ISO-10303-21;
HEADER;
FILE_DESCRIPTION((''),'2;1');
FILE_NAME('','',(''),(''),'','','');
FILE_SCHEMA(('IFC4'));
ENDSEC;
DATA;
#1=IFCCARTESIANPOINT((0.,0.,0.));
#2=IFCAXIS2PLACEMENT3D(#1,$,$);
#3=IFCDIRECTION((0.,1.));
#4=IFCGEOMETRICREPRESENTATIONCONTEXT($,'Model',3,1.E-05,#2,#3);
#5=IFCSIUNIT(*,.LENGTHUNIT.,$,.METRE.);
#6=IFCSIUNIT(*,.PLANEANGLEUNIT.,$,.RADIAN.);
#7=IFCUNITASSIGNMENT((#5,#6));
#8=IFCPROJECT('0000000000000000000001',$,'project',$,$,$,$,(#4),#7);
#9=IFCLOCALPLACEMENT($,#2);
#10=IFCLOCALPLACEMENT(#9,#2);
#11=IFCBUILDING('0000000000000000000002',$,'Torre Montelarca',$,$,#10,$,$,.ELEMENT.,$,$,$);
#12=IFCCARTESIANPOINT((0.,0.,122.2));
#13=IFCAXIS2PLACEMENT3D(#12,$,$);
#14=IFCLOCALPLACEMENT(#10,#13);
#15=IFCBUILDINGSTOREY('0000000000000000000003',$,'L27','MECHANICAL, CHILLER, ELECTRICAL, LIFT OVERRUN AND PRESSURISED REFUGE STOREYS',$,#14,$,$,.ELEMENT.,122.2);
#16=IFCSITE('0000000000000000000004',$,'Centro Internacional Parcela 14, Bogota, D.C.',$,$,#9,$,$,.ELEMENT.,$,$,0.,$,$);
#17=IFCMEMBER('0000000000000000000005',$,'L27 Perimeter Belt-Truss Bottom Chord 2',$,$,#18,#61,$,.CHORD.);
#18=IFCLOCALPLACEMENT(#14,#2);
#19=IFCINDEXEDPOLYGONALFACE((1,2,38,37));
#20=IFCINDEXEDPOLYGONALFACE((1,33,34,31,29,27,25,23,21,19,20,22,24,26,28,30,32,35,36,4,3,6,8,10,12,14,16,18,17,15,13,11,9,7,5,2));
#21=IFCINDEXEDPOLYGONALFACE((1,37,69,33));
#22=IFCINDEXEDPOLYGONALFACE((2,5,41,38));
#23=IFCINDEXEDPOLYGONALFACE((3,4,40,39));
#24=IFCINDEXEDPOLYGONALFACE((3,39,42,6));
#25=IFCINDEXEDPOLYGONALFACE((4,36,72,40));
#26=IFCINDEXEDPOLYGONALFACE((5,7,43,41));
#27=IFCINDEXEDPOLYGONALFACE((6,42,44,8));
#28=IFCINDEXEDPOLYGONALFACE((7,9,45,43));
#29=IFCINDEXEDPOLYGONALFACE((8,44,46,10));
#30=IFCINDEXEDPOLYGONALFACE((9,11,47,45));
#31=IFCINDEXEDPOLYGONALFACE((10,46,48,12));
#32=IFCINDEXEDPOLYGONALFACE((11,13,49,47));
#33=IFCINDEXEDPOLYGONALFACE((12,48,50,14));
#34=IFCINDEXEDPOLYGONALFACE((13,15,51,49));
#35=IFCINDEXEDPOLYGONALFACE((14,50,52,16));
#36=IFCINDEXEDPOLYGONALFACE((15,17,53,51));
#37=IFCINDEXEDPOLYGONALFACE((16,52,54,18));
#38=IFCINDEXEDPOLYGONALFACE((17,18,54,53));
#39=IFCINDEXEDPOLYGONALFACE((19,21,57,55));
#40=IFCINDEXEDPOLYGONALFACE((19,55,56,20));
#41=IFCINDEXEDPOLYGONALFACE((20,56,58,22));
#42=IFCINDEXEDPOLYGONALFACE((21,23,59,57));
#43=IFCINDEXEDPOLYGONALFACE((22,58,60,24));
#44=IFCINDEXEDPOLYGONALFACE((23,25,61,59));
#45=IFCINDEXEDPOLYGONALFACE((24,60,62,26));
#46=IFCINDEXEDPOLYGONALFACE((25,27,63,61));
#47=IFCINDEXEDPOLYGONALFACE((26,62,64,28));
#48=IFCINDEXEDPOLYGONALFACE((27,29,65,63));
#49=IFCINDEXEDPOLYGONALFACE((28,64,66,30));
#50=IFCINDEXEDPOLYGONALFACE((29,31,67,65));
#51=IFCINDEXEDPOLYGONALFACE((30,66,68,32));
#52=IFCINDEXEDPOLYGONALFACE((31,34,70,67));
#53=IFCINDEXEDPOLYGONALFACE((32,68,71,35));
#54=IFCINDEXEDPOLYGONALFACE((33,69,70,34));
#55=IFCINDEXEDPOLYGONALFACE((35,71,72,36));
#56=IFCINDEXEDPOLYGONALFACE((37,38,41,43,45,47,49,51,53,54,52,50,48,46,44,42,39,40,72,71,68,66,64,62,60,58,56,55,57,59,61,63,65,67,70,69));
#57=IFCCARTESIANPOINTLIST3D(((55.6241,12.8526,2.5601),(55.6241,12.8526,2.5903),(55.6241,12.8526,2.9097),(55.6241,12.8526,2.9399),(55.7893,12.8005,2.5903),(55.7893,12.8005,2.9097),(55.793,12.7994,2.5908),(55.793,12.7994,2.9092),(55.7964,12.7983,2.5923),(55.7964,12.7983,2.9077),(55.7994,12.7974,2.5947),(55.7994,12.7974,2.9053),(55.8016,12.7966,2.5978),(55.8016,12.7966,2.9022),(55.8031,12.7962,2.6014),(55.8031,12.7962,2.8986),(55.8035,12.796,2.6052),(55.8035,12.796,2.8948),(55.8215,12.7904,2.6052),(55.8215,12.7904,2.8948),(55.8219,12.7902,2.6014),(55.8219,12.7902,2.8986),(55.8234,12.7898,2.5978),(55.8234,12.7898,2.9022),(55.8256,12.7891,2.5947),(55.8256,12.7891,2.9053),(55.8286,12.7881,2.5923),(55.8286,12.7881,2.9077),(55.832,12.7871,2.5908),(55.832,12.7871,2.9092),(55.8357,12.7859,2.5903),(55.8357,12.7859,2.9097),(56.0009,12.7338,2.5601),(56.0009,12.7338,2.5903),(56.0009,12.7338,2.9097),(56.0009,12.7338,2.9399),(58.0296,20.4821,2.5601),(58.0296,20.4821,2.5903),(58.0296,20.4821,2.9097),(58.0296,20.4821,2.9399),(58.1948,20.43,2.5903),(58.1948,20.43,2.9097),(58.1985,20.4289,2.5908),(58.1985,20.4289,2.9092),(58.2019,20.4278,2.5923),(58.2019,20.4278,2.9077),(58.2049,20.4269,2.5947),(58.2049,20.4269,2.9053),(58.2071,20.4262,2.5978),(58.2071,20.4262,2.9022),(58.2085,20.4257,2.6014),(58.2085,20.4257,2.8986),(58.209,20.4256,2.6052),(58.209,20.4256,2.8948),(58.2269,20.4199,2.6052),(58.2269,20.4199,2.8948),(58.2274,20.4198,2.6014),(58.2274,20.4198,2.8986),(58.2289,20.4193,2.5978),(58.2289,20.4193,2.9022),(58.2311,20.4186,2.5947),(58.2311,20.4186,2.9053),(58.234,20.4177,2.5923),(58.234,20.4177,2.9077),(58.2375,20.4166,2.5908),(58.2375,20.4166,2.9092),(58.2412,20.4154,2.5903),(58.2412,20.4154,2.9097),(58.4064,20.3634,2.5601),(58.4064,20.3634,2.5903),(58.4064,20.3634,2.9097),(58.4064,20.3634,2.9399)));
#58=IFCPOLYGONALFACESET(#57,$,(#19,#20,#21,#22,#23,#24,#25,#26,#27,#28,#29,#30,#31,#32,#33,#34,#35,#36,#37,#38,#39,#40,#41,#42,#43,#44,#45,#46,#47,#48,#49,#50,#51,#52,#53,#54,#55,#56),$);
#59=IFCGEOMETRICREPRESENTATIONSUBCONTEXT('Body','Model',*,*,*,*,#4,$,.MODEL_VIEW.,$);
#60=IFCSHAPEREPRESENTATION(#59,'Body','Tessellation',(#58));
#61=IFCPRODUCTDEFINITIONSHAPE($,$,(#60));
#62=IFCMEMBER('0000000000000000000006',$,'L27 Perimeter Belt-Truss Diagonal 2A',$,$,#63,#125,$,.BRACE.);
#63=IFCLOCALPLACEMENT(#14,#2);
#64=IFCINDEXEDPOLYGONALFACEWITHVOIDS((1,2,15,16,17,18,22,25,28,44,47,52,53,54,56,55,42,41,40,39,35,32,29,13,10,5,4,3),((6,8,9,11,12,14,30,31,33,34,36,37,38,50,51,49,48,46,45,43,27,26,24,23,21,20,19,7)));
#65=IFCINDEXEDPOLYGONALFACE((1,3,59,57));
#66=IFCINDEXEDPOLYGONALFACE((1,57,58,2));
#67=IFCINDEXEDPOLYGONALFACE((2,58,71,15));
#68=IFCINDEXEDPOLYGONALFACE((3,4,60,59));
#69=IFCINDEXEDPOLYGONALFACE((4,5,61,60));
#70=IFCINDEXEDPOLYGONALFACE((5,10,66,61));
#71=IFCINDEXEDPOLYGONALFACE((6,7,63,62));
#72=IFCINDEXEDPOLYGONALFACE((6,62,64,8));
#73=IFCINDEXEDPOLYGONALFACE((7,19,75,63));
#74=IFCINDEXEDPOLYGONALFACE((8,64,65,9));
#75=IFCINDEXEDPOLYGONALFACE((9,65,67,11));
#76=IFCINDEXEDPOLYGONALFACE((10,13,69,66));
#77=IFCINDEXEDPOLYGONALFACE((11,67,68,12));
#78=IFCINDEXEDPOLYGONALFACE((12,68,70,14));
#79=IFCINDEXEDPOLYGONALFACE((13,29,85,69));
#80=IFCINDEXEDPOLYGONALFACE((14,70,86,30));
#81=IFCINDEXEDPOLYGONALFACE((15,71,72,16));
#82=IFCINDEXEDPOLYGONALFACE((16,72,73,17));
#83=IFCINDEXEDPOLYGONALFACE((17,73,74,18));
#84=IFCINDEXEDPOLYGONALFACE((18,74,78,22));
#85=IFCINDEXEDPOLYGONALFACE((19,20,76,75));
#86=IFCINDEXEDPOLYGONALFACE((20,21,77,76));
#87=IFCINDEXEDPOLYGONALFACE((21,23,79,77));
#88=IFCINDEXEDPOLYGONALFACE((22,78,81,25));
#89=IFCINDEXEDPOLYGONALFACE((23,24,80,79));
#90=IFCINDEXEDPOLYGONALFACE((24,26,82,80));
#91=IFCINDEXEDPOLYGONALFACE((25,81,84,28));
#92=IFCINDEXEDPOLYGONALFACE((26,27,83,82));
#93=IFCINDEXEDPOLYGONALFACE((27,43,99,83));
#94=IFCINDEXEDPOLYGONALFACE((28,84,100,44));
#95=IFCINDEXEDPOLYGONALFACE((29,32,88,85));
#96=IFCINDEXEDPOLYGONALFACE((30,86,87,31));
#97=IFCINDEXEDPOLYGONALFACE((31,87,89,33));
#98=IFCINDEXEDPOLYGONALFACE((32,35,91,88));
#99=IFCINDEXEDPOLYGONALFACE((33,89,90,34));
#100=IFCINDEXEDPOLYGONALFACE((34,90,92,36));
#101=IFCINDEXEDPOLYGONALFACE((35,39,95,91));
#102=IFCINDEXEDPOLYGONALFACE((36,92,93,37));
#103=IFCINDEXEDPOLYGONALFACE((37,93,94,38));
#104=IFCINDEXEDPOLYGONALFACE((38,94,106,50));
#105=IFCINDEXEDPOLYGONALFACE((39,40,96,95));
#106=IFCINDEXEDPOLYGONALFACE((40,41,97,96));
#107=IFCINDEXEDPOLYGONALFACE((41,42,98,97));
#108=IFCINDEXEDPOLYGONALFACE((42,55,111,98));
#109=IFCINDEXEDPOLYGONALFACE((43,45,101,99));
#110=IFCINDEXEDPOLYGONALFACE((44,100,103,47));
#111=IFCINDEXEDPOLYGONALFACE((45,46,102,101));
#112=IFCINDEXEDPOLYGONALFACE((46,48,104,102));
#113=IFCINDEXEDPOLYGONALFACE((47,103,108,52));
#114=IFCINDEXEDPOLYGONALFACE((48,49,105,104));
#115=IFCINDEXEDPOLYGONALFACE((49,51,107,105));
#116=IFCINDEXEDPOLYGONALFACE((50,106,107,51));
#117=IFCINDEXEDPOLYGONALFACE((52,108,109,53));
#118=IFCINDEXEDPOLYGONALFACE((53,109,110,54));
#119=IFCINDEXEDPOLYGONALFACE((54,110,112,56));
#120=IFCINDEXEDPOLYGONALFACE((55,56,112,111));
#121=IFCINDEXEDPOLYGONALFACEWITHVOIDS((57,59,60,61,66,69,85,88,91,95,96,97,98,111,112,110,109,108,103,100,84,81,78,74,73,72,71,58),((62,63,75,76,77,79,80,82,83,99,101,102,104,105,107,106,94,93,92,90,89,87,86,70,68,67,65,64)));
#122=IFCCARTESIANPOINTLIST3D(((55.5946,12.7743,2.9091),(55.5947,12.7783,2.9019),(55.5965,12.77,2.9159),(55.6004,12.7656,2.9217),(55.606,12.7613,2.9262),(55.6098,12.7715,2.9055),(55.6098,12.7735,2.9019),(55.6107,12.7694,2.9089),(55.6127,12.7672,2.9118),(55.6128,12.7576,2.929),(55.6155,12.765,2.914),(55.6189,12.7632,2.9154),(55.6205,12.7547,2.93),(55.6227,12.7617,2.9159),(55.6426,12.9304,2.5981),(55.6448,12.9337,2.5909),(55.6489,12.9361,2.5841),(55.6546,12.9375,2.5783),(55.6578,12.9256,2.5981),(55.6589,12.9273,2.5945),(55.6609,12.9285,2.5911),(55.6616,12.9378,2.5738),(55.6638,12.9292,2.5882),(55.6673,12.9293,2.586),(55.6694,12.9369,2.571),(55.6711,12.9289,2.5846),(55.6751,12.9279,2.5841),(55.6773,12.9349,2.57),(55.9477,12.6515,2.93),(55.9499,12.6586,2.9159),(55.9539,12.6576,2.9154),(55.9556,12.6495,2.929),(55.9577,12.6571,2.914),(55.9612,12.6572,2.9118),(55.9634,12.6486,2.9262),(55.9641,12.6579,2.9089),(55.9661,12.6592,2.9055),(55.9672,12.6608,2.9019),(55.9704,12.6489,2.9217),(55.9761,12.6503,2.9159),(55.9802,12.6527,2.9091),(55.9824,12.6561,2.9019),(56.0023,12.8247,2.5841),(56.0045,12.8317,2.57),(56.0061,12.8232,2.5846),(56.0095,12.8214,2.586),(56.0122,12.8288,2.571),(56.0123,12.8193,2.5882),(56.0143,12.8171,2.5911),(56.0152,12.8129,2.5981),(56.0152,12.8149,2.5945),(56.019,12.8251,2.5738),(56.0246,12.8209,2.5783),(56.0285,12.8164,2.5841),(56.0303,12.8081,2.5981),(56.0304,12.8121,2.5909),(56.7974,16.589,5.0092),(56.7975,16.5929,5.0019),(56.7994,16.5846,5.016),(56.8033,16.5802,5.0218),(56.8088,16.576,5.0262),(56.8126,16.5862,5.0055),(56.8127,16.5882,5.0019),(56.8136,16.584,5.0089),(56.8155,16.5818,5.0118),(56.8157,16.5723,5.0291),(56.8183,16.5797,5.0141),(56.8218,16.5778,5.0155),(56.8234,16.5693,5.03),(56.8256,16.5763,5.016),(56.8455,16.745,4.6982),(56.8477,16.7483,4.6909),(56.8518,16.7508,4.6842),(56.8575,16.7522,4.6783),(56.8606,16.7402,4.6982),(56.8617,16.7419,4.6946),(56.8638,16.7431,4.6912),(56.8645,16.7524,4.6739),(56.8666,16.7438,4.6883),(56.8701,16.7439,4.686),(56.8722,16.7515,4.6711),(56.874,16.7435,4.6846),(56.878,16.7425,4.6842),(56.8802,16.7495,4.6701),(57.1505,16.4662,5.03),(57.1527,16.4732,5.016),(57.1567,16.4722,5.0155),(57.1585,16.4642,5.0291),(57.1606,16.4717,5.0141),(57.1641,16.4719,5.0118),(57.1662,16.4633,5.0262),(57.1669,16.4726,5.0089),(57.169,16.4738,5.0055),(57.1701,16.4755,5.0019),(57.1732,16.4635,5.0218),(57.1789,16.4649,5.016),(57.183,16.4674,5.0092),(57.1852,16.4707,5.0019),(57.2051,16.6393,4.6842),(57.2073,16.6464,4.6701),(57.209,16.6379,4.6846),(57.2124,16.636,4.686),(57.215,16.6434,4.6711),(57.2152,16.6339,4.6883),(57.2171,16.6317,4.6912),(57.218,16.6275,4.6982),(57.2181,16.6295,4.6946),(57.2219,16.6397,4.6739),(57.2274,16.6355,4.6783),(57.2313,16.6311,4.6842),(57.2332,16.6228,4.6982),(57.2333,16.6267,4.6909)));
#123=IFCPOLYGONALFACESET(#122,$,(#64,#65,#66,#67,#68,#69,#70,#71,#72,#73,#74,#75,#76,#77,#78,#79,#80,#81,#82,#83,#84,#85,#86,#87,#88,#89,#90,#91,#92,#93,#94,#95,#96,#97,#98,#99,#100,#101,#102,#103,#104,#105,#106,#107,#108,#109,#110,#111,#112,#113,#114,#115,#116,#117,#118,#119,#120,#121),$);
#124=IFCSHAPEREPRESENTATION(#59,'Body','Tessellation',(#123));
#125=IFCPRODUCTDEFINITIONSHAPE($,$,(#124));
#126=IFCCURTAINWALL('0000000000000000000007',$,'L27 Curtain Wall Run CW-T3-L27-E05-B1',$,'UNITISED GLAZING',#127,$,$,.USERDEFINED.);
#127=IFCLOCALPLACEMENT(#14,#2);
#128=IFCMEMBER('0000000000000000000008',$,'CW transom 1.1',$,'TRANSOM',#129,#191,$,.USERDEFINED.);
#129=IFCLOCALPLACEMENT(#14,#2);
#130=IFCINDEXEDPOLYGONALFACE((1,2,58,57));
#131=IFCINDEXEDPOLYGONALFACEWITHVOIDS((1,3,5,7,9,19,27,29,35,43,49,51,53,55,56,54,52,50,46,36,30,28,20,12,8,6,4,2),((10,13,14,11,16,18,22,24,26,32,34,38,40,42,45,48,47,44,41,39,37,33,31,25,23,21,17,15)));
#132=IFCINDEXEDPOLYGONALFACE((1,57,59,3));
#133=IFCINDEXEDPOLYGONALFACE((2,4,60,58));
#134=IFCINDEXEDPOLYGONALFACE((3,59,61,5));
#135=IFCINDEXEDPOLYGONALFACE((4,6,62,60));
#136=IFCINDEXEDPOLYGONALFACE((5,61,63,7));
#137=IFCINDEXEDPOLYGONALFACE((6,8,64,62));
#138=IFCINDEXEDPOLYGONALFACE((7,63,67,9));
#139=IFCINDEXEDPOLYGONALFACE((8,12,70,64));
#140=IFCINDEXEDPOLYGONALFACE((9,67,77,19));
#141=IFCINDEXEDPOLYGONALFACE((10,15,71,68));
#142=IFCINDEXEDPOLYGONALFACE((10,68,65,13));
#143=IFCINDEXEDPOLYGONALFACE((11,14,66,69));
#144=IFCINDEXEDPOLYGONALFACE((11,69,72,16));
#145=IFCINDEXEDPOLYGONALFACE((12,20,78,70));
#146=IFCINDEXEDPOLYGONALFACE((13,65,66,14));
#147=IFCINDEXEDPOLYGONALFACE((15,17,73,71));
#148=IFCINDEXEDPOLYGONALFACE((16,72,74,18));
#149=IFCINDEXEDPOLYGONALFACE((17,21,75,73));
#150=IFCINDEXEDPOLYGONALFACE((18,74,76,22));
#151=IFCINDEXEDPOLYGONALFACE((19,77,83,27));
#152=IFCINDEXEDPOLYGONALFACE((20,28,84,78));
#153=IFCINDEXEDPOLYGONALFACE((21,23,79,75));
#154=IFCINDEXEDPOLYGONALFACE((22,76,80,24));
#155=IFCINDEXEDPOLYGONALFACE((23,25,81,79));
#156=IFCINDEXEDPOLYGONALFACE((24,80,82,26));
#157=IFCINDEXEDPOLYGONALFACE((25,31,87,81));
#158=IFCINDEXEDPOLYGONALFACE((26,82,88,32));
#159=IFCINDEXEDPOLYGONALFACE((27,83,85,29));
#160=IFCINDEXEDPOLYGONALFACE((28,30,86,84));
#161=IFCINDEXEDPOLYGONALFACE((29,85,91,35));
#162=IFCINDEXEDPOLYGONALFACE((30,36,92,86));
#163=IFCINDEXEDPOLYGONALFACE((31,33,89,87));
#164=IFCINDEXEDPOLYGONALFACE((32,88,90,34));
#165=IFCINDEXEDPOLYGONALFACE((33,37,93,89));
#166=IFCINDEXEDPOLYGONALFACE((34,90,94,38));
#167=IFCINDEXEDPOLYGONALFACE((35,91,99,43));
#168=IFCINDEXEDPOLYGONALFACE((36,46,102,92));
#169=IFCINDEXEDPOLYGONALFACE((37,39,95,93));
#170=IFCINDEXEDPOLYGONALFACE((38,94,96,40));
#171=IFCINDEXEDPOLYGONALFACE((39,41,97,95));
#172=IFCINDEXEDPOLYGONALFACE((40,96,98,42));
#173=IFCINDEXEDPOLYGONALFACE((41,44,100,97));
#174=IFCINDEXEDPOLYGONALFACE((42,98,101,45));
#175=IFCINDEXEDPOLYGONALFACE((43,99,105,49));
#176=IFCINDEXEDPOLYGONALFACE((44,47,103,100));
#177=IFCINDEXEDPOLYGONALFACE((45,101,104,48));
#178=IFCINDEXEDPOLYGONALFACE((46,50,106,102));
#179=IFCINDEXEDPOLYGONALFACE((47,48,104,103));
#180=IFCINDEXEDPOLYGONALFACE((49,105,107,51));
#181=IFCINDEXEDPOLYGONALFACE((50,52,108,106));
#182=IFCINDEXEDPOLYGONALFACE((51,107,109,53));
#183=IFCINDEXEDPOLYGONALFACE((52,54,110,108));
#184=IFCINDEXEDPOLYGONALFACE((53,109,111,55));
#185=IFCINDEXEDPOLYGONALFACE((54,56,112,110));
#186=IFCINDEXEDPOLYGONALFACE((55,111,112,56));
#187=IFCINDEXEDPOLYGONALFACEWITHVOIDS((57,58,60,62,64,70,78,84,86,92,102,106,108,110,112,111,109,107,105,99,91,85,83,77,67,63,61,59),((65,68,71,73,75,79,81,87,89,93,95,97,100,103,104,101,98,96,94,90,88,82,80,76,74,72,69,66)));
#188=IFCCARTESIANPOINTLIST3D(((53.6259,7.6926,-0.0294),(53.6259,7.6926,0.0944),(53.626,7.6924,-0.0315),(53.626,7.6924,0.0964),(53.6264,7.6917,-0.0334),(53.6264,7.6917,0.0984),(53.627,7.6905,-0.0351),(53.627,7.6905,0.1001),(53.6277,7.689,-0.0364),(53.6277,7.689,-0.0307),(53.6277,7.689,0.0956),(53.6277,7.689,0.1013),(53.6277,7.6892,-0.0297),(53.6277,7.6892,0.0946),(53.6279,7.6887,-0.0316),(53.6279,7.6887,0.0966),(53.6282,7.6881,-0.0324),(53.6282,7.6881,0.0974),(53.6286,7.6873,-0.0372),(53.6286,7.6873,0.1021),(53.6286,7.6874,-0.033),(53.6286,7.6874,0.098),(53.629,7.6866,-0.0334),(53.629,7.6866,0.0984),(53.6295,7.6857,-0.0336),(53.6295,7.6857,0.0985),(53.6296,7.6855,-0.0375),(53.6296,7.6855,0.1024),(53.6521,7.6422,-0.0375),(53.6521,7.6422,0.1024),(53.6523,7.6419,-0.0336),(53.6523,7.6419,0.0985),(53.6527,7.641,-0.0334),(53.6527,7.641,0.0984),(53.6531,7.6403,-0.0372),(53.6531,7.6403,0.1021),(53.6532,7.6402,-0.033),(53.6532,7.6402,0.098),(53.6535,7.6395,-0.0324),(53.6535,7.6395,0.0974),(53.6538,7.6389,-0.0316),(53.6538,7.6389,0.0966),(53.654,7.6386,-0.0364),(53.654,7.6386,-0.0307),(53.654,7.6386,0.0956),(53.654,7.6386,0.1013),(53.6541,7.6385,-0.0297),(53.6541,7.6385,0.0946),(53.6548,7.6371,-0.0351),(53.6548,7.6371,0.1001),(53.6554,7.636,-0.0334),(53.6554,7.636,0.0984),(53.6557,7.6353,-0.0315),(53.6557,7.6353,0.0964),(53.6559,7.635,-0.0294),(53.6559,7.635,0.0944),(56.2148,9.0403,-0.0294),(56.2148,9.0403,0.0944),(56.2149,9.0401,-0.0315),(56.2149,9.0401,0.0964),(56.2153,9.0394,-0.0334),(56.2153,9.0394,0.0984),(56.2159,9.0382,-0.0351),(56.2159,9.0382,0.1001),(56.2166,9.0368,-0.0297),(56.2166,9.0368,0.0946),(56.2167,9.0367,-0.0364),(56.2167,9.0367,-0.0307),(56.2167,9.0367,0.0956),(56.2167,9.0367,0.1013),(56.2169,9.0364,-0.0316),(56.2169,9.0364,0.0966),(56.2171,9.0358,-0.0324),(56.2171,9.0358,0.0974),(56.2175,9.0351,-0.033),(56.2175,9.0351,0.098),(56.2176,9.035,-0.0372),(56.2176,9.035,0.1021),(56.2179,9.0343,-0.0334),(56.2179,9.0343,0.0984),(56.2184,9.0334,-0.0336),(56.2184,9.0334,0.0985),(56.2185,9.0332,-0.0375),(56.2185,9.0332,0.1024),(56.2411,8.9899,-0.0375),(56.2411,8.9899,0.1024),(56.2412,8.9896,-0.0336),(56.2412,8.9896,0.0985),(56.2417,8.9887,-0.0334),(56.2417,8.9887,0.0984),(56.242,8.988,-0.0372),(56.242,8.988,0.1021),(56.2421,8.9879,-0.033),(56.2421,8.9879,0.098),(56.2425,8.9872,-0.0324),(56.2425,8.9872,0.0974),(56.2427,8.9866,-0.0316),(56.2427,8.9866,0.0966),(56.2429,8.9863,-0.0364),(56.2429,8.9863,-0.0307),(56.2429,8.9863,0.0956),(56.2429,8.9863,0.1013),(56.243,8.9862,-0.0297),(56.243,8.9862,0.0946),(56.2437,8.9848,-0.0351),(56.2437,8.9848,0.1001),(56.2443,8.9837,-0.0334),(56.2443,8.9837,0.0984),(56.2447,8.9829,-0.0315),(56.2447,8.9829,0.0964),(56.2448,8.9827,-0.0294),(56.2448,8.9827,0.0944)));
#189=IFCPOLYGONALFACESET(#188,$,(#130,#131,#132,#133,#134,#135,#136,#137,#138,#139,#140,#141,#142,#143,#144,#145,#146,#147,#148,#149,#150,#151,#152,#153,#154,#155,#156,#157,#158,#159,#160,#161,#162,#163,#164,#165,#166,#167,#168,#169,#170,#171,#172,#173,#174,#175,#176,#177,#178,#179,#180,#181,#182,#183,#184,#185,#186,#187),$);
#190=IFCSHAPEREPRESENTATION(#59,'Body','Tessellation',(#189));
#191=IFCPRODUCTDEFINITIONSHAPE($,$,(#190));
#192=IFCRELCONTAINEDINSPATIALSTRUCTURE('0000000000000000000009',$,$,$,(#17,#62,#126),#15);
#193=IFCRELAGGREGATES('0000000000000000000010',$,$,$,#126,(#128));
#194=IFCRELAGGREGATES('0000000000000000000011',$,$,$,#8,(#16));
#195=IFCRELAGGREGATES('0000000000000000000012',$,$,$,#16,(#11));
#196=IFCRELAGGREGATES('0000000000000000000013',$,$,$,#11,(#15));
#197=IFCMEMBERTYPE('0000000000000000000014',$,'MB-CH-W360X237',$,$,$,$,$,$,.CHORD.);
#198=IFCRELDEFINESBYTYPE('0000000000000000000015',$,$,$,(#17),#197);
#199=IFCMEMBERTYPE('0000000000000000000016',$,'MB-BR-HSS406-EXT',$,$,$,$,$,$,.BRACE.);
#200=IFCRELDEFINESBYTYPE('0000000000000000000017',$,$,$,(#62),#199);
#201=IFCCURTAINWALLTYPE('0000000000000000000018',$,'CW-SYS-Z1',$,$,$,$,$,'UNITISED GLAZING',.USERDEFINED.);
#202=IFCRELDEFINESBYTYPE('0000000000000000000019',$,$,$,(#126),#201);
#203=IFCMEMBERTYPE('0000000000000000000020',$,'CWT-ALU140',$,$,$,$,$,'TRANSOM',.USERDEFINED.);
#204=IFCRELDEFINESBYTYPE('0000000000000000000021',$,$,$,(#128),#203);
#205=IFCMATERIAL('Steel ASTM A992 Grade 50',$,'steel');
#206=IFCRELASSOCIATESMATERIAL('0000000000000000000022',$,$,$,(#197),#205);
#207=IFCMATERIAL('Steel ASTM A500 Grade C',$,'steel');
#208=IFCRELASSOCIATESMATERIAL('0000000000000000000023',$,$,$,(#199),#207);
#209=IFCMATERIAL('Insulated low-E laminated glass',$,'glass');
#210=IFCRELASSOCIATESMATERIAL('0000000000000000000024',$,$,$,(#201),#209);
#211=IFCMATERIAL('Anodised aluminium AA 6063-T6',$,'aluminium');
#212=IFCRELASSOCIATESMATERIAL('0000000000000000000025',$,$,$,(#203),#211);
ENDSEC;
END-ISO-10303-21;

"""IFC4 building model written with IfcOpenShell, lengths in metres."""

from ifc_helpers import new_model, si_unit, direction, frame, origin, origin_2d, place, context, subcontext, project, spatial, hollow_rectangle, i_section, extrude, source, transform, mapped, material, material_profile, profile_set, type_object, element, aggregate, save


model = new_model("IFC4")

# Units and contexts
model_context = context("Model", 3, precision=1e-05, world=origin(), true_north=direction((0.0, 1.0)))
body_context = subcontext(model_context, "Body", "Model", "MODEL_VIEW")
ifc_project = project(units=[si_unit("LENGTHUNIT", "METRE"), si_unit("PLANEANGLEUNIT", "RADIAN")], contexts=[model_context])

# Site, building, storey
site_placement = place(None, origin())
site = spatial("IfcSite", under=ifc_project, at=site_placement, Name="Centro Internacional Parcela 14, Bogota, D.C.", CompositionType="ELEMENT", RefElevation=0.0)
building_placement = place(site_placement, origin())
building = spatial("IfcBuilding", under=site, at=building_placement, Name="Torre Montelarca", CompositionType="ELEMENT")
storey_placement = place(building_placement, frame((0.0, 0.0, 122.2)))
storey = spatial("IfcBuildingStorey", under=building, at=storey_placement, Name="L27", Description="MECHANICAL, CHILLER, ELECTRICAL, LIFT OVERRUN AND PRESSURISED REFUGE STOREYS", CompositionType="ELEMENT", Elevation=122.2)

# Shared definitions
ifc_material_1 = material(Name="Steel ASTM A992 Grade 50", Category="steel")

# Members
ifc_material_profile_1 = material_profile(ifc_material_1, i_section(OverallWidth=0.395, OverallDepth=0.3799, WebThickness=0.0188, FlangeThickness=0.0303, FilletRadius=0.0149, at=origin_2d()), Name="W360X237", Category="steel")
ifc_profile_set_1 = profile_set([ifc_material_profile_1], Name="Steel ASTM A992 Grade 50")
member_type_1 = type_object("IfcMemberType", Name="MB-CH-W360X237", PredefinedType="CHORD", material=ifc_profile_set_1)
shared_shape_1 = source(origin(), body_context, "Body", "SweptSolid", [
    extrude(i_section(OverallWidth=0.395, OverallDepth=0.3799, WebThickness=0.0188, FlangeThickness=0.0303, FilletRadius=0.0149, at=origin_2d()), origin(), (0.0, 0.0, 1.0), 7.9998),
])
member_1_placement = place(storey_placement, frame((55.8125, 12.7932, 2.75), z_axis=(0.300695, 0.95372, 0.0), x_axis=(-0.95372, 0.300695, 0.0)))
element("IfcMember", 1, at=member_1_placement, inside=storey, type_object=member_type_1, Name="L27 Perimeter Belt-Truss Bottom Chord 2", PredefinedType="CHORD", context=body_context, shape_type="MappedRepresentation", body=[
    mapped(shared_shape_1, transform((0.0, 0.0, 0.0), scale=1.0)),
])
ifc_material_2 = material(Name="Steel ASTM A500 Grade C", Category="steel")
ifc_material_profile_2 = material_profile(ifc_material_2, hollow_rectangle(XDim=0.4065, YDim=0.4065, WallThickness=0.0159, InnerFilletRadius=0.0159, OuterFilletRadius=0.0317, at=origin_2d()), Name="HSS406X406X15.9", Category="steel")
ifc_profile_set_2 = profile_set([ifc_material_profile_2], Name="Steel ASTM A500 Grade C")
member_type_2 = type_object("IfcMemberType", Name="MB-BR-HSS406-EXT", PredefinedType="BRACE", material=ifc_profile_set_2)
shared_shape_2 = source(origin(), body_context, "Body", "SweptSolid", [
    extrude(hollow_rectangle(XDim=0.4065, YDim=0.4065, WallThickness=0.0159, InnerFilletRadius=0.0159, OuterFilletRadius=0.0317, at=origin_2d()), origin(), (0.0, 0.0, 1.0), 4.5176),
])
member_2_placement = place(storey_placement, frame((55.8125, 12.7932, 2.75), z_axis=(0.266262, 0.844397, 0.464864), x_axis=(-0.953709, 0.300731, 0.0)))
element("IfcMember", 2, at=member_2_placement, inside=storey, type_object=member_type_2, Name="L27 Perimeter Belt-Truss Diagonal 2A", PredefinedType="BRACE", context=body_context, shape_type="MappedRepresentation", body=[
    mapped(shared_shape_2, transform((0.0, 0.0, 0.0), scale=1.0)),
])

# Curtain wall, member
ifc_material_3 = material(Name="Insulated low-E laminated glass", Category="glass")
curtain_wall_type = type_object("IfcCurtainWallType", Name="CW-SYS-Z1", ElementType="UNITISED GLAZING", PredefinedType="USERDEFINED", material=ifc_material_3)
curtain_wall_1_placement = place(storey_placement, origin())
curtain_wall_1 = element("IfcCurtainWall", 3, at=curtain_wall_1_placement, inside=storey, type_object=curtain_wall_type, Name="L27 Curtain Wall Run CW-T3-L27-E05-B1", ObjectType="UNITISED GLAZING", PredefinedType="USERDEFINED")
ifc_material_4 = material(Name="Anodised aluminium AA 6063-T6", Category="aluminium")
ifc_material_profile_3 = material_profile(ifc_material_4, hollow_rectangle(XDim=0.0649, YDim=0.1399, WallThickness=0.0039, InnerFilletRadius=0.0039, OuterFilletRadius=0.0081, at=origin_2d()), Name="ALU65X140X4", Category="aluminium")
ifc_profile_set_3 = profile_set([ifc_material_profile_3], Name="Anodised aluminium AA 6063-T6")
member_type_3 = type_object("IfcMemberType", Name="CWT-ALU140", ElementType="TRANSOM", PredefinedType="USERDEFINED", material=ifc_profile_set_3)
shared_shape_3 = source(origin(), body_context, "Body", "SweptSolid", [
    extrude(hollow_rectangle(XDim=0.0649, YDim=0.1399, WallThickness=0.0039, InnerFilletRadius=0.0039, OuterFilletRadius=0.0081, at=origin_2d()), origin(), (0.0, 0.0, 1.0), 2.9187),
])
member_3_placement = place(storey_placement, frame((53.6409, 7.6638, 0.0325), z_axis=(0.887014, 0.461742, 0.0), x_axis=(-0.461742, 0.887014, 0.0)))
member_3 = element("IfcMember", 4, at=member_3_placement, type_object=member_type_3, Name="CW transom 1.1", ObjectType="TRANSOM", PredefinedType="USERDEFINED", context=body_context, shape_type="MappedRepresentation", body=[
    mapped(shared_shape_3, transform((0.0, 0.0, 0.0), scale=1.0)),
])

aggregate(curtain_wall_1, [member_3])

save(model, "model.ifc")
